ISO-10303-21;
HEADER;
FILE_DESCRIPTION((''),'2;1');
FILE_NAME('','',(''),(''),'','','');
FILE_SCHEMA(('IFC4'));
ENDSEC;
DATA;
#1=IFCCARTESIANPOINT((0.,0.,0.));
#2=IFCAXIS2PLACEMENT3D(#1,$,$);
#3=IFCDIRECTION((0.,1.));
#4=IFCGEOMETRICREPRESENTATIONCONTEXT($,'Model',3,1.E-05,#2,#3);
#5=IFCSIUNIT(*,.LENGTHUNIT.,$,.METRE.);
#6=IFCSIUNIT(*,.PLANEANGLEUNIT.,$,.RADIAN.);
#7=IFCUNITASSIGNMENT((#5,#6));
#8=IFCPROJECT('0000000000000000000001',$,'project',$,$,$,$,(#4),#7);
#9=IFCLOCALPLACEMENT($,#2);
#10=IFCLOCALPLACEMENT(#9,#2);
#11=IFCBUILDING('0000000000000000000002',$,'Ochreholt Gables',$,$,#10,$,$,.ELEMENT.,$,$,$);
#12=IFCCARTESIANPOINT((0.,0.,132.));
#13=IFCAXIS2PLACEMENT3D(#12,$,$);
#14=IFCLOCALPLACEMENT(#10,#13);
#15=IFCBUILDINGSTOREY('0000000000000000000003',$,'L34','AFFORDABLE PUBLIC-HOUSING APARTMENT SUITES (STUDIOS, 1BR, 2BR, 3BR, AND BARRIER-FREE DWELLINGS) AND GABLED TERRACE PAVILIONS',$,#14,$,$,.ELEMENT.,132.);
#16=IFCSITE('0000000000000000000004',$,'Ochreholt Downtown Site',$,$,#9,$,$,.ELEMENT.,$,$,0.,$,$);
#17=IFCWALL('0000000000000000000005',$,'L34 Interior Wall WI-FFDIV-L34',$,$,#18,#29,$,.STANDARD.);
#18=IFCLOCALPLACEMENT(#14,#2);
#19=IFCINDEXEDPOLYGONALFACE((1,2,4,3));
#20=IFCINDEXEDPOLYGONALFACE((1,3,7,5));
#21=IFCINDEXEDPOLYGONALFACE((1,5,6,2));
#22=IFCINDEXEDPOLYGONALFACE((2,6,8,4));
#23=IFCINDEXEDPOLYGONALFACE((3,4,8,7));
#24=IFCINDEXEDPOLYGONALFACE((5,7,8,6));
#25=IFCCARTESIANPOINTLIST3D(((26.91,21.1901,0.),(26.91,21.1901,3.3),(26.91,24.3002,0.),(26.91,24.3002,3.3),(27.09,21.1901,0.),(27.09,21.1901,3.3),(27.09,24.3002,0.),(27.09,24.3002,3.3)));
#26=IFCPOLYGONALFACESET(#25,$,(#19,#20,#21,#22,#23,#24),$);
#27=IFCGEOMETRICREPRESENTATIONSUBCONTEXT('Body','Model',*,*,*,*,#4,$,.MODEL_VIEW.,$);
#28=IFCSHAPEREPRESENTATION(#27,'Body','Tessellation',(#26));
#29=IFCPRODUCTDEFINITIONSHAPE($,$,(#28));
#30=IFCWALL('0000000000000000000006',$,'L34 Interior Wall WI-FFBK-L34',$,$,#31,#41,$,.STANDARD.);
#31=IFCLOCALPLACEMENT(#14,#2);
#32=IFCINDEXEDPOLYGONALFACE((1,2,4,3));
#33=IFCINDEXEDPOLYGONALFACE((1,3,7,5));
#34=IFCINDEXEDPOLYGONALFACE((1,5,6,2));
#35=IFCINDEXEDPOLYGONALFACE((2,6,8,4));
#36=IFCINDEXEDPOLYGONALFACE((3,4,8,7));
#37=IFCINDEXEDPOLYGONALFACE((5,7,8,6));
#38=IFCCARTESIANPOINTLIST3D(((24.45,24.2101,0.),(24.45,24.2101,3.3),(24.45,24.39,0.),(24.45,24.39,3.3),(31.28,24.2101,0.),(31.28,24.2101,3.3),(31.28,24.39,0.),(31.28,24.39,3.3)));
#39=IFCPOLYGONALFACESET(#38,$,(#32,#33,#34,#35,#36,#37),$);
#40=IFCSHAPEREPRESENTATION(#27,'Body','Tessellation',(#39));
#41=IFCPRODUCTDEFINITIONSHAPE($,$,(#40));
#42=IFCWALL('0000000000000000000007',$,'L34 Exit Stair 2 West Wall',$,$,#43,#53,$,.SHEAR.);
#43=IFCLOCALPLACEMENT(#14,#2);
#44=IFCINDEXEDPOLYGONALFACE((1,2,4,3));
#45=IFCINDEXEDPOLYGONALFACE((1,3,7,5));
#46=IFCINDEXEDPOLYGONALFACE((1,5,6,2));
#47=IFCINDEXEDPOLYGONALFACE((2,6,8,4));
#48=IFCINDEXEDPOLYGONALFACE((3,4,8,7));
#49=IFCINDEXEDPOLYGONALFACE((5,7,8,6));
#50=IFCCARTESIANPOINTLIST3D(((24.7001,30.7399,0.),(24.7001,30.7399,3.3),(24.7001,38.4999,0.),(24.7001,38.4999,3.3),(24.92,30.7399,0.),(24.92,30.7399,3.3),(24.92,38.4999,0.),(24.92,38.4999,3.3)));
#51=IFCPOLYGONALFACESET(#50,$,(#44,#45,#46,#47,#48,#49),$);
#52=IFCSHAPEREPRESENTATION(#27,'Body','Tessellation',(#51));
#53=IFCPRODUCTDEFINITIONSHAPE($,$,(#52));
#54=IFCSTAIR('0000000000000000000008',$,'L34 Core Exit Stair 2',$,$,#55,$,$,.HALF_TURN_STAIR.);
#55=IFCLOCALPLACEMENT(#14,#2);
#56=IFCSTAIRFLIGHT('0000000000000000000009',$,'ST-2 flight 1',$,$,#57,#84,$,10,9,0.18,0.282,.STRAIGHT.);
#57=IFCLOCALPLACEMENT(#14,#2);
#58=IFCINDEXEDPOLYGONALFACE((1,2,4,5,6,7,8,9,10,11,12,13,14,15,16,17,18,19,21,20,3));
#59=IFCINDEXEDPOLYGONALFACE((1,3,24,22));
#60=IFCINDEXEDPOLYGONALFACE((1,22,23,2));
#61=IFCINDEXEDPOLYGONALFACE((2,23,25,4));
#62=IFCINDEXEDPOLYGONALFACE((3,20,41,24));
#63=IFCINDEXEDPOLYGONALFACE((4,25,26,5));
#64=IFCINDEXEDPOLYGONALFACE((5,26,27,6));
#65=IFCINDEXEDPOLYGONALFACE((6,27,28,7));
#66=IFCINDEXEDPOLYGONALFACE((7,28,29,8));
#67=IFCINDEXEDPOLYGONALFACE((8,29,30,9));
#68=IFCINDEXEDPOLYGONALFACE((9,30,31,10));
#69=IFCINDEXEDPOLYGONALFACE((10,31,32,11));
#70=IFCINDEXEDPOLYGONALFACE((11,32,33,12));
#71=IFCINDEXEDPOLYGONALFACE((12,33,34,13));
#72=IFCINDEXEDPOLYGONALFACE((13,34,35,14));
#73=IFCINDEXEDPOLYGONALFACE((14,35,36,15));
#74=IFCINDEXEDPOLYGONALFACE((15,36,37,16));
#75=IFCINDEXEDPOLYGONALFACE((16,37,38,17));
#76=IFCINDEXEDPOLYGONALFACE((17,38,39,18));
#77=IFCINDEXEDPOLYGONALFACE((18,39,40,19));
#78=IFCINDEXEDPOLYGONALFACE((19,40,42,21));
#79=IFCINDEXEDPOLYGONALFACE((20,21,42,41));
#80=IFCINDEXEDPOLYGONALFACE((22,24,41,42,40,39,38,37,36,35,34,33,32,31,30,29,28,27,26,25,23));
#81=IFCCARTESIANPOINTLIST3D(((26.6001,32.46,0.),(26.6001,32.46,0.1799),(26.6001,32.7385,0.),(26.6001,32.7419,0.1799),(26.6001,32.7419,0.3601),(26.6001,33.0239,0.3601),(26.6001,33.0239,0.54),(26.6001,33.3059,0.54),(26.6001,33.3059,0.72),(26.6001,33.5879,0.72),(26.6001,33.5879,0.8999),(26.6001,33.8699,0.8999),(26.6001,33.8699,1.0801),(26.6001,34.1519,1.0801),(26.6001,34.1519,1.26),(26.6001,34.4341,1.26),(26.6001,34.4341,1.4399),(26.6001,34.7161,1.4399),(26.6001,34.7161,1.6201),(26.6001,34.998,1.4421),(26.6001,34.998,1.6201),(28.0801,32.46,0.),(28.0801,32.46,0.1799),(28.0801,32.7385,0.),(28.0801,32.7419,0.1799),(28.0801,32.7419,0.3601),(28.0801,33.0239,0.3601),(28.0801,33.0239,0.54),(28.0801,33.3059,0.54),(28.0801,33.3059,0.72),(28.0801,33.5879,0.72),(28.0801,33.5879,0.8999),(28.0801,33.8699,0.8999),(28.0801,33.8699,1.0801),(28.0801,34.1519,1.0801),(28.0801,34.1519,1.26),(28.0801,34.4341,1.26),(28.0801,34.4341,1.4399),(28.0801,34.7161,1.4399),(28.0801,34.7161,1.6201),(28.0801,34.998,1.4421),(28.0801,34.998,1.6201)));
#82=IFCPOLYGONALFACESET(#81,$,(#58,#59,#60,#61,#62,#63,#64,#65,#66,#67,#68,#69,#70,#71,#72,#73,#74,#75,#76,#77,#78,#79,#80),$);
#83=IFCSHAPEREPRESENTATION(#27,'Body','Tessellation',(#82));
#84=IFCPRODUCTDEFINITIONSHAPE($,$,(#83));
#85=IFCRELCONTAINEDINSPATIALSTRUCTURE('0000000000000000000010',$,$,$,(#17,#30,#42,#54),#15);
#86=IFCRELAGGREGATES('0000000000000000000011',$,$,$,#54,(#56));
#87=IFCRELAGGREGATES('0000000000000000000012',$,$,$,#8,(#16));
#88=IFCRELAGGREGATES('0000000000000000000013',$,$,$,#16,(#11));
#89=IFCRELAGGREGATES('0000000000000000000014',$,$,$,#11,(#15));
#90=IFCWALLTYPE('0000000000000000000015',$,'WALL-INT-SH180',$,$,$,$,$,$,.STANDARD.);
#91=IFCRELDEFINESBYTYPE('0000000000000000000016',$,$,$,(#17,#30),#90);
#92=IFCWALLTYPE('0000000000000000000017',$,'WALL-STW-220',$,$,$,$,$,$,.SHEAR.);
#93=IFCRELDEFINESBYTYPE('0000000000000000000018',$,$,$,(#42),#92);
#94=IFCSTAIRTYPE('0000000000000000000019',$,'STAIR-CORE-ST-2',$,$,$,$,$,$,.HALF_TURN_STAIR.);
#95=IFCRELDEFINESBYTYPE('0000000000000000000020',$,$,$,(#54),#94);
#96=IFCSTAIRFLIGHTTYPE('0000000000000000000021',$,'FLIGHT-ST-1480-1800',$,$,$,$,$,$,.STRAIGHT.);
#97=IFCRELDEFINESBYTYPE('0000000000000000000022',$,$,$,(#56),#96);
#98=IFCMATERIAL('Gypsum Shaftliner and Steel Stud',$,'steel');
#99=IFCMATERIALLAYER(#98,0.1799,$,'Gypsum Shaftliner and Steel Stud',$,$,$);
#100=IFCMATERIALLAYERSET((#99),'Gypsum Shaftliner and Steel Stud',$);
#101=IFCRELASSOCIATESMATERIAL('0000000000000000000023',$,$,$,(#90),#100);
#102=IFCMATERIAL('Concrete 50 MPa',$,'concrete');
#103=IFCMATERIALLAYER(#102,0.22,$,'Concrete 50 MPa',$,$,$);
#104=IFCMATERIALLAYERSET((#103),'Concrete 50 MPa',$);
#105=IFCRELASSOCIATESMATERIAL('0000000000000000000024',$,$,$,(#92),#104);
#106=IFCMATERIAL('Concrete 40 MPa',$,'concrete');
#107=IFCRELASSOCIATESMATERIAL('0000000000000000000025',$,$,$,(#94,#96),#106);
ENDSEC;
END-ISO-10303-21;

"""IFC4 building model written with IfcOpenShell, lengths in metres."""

from ifc_helpers import new_model, si_unit, direction, frame, frame_2d, origin, place, context, subcontext, project, spatial, polyline, rectangle, outline, extrude, material, layer, layer_set, type_object, element, aggregate, save


model = new_model("IFC4")

# Units and contexts
model_context = context("Model", 3, precision=1e-05, world=origin(), true_north=direction((0.0, 1.0)))
body_context = subcontext(model_context, "Body", "Model", "MODEL_VIEW")
ifc_project = project(units=[si_unit("LENGTHUNIT", "METRE"), si_unit("PLANEANGLEUNIT", "RADIAN")], contexts=[model_context])

# Site, building, storey
site_placement = place(None, origin())
site = spatial("IfcSite", under=ifc_project, at=site_placement, Name="Ochreholt Downtown Site", CompositionType="ELEMENT", RefElevation=0.0)
building_placement = place(site_placement, origin())
building = spatial("IfcBuilding", under=site, at=building_placement, Name="Ochreholt Gables", CompositionType="ELEMENT")
storey_placement = place(building_placement, frame((0.0, 0.0, 132.0)))
storey = spatial("IfcBuildingStorey", under=building, at=storey_placement, Name="L34", Description="AFFORDABLE PUBLIC-HOUSING APARTMENT SUITES (STUDIOS, 1BR, 2BR, 3BR, AND BARRIER-FREE DWELLINGS) AND GABLED TERRACE PAVILIONS", CompositionType="ELEMENT", Elevation=132.0)

# Shared definitions
ifc_material_1 = material(Name="Concrete 40 MPa", Category="concrete")

# Walls
ifc_material_2 = material(Name="Gypsum Shaftliner and Steel Stud", Category="steel")
ifc_layer_1 = layer(ifc_material_2, 0.1799, Name="Gypsum Shaftliner and Steel Stud")
ifc_layer_set_1 = layer_set([ifc_layer_1], Name="Gypsum Shaftliner and Steel Stud")
wall_type_1 = type_object("IfcWallType", Name="WALL-INT-SH180", PredefinedType="STANDARD", material=ifc_layer_set_1)
wall_1_placement = place(storey_placement, frame((27.0, 21.1899, 0.0), z_axis=(0.0, 0.0, 1.0), x_axis=(0.0, 1.0, 0.0)))
element("IfcWall", 1, at=wall_1_placement, inside=storey, type_object=wall_type_1, Name="L34 Interior Wall WI-FFDIV-L34", PredefinedType="STANDARD", context=body_context, shape_type="SweptSolid", body=[
    extrude(rectangle(XDim=3.1101, YDim=0.1799, at=frame_2d((1.5552, 0.0))), origin(), (0.0, 0.0, 1.0), 3.3),
])
wall_2_placement = place(storey_placement, frame((24.45, 24.3, 0.0), z_axis=(0.0, 0.0, 1.0), x_axis=(1.0, 0.0, 0.0)))
element("IfcWall", 2, at=wall_2_placement, inside=storey, type_object=wall_type_1, Name="L34 Interior Wall WI-FFBK-L34", PredefinedType="STANDARD", context=body_context, shape_type="SweptSolid", body=[
    extrude(rectangle(XDim=6.8301, YDim=0.1799, at=frame_2d((3.415, 0.0))), origin(), (0.0, 0.0, 1.0), 3.3),
])
ifc_material_3 = material(Name="Concrete 50 MPa", Category="concrete")
ifc_layer_2 = layer(ifc_material_3, 0.22, Name="Concrete 50 MPa")
ifc_layer_set_2 = layer_set([ifc_layer_2], Name="Concrete 50 MPa")
wall_type_2 = type_object("IfcWallType", Name="WALL-STW-220", PredefinedType="SHEAR", material=ifc_layer_set_2)
wall_3_placement = place(storey_placement, frame((24.8101, 30.74, 0.0), z_axis=(0.0, 0.0, 1.0), x_axis=(0.0, 1.0, 0.0)))
element("IfcWall", 3, at=wall_3_placement, inside=storey, type_object=wall_type_2, Name="L34 Exit Stair 2 West Wall", PredefinedType="SHEAR", context=body_context, shape_type="SweptSolid", body=[
    extrude(rectangle(XDim=7.76, YDim=0.22, at=frame_2d((3.8799, 0.0))), origin(), (0.0, 0.0, 1.0), 3.3),
])

# Stair, stair flight
stair_type = type_object("IfcStairType", Name="STAIR-CORE-ST-2", PredefinedType="HALF_TURN_STAIR", material=ifc_material_1)
stair_placement = place(storey_placement, origin())
stair = element("IfcStair", 4, at=stair_placement, inside=storey, type_object=stair_type, Name="L34 Core Exit Stair 2", PredefinedType="HALF_TURN_STAIR")
stair_flight_type = type_object("IfcStairFlightType", Name="FLIGHT-ST-1480-1800", PredefinedType="STRAIGHT", material=ifc_material_1)
stair_flight_placement = place(storey_placement, frame((27.3401, 32.46, 0.0), z_axis=(0.0, 0.0, 1.0), x_axis=(0.0, 1.0, 0.0)))
stair_flight = element("IfcStairFlight", 5, at=stair_flight_placement, type_object=stair_flight_type, Name="ST-2 flight 1", NumberOfRisers=10, NumberOfTreads=9, PredefinedType="STRAIGHT", RiserHeight=0.18, TreadLength=0.282, context=body_context, shape_type="SweptSolid", body=[
    extrude(outline(polyline([(0.0, 0.0), (0.0, 0.1799), (0.282, 0.1799), (0.282, 0.3601), (0.564, 0.3601), (0.564, 0.54), (0.8459, 0.54), (0.8459, 0.72), (1.1279, 0.72), (1.1279, 0.8999), (1.4099, 0.8999), (1.4099, 1.0801), (1.6919, 1.0801), (1.6919, 1.26), (1.9741, 1.26), (1.9741, 1.4399), (2.2561, 1.4399), (2.2561, 1.6201), (2.5381, 1.6201), (2.5381, 1.8), (2.5381, 1.4421), (0.2786, 0.0), (0.0, 0.0)])), frame((0.0, 0.74, 0.0), z_axis=(0.0, -1.0, 0.0), x_axis=(1.0, 0.0, 0.0)), (0.0, 0.0, 1.0), 1.48),
])
aggregate(stair, [stair_flight])

save(model, "model.ifc")
